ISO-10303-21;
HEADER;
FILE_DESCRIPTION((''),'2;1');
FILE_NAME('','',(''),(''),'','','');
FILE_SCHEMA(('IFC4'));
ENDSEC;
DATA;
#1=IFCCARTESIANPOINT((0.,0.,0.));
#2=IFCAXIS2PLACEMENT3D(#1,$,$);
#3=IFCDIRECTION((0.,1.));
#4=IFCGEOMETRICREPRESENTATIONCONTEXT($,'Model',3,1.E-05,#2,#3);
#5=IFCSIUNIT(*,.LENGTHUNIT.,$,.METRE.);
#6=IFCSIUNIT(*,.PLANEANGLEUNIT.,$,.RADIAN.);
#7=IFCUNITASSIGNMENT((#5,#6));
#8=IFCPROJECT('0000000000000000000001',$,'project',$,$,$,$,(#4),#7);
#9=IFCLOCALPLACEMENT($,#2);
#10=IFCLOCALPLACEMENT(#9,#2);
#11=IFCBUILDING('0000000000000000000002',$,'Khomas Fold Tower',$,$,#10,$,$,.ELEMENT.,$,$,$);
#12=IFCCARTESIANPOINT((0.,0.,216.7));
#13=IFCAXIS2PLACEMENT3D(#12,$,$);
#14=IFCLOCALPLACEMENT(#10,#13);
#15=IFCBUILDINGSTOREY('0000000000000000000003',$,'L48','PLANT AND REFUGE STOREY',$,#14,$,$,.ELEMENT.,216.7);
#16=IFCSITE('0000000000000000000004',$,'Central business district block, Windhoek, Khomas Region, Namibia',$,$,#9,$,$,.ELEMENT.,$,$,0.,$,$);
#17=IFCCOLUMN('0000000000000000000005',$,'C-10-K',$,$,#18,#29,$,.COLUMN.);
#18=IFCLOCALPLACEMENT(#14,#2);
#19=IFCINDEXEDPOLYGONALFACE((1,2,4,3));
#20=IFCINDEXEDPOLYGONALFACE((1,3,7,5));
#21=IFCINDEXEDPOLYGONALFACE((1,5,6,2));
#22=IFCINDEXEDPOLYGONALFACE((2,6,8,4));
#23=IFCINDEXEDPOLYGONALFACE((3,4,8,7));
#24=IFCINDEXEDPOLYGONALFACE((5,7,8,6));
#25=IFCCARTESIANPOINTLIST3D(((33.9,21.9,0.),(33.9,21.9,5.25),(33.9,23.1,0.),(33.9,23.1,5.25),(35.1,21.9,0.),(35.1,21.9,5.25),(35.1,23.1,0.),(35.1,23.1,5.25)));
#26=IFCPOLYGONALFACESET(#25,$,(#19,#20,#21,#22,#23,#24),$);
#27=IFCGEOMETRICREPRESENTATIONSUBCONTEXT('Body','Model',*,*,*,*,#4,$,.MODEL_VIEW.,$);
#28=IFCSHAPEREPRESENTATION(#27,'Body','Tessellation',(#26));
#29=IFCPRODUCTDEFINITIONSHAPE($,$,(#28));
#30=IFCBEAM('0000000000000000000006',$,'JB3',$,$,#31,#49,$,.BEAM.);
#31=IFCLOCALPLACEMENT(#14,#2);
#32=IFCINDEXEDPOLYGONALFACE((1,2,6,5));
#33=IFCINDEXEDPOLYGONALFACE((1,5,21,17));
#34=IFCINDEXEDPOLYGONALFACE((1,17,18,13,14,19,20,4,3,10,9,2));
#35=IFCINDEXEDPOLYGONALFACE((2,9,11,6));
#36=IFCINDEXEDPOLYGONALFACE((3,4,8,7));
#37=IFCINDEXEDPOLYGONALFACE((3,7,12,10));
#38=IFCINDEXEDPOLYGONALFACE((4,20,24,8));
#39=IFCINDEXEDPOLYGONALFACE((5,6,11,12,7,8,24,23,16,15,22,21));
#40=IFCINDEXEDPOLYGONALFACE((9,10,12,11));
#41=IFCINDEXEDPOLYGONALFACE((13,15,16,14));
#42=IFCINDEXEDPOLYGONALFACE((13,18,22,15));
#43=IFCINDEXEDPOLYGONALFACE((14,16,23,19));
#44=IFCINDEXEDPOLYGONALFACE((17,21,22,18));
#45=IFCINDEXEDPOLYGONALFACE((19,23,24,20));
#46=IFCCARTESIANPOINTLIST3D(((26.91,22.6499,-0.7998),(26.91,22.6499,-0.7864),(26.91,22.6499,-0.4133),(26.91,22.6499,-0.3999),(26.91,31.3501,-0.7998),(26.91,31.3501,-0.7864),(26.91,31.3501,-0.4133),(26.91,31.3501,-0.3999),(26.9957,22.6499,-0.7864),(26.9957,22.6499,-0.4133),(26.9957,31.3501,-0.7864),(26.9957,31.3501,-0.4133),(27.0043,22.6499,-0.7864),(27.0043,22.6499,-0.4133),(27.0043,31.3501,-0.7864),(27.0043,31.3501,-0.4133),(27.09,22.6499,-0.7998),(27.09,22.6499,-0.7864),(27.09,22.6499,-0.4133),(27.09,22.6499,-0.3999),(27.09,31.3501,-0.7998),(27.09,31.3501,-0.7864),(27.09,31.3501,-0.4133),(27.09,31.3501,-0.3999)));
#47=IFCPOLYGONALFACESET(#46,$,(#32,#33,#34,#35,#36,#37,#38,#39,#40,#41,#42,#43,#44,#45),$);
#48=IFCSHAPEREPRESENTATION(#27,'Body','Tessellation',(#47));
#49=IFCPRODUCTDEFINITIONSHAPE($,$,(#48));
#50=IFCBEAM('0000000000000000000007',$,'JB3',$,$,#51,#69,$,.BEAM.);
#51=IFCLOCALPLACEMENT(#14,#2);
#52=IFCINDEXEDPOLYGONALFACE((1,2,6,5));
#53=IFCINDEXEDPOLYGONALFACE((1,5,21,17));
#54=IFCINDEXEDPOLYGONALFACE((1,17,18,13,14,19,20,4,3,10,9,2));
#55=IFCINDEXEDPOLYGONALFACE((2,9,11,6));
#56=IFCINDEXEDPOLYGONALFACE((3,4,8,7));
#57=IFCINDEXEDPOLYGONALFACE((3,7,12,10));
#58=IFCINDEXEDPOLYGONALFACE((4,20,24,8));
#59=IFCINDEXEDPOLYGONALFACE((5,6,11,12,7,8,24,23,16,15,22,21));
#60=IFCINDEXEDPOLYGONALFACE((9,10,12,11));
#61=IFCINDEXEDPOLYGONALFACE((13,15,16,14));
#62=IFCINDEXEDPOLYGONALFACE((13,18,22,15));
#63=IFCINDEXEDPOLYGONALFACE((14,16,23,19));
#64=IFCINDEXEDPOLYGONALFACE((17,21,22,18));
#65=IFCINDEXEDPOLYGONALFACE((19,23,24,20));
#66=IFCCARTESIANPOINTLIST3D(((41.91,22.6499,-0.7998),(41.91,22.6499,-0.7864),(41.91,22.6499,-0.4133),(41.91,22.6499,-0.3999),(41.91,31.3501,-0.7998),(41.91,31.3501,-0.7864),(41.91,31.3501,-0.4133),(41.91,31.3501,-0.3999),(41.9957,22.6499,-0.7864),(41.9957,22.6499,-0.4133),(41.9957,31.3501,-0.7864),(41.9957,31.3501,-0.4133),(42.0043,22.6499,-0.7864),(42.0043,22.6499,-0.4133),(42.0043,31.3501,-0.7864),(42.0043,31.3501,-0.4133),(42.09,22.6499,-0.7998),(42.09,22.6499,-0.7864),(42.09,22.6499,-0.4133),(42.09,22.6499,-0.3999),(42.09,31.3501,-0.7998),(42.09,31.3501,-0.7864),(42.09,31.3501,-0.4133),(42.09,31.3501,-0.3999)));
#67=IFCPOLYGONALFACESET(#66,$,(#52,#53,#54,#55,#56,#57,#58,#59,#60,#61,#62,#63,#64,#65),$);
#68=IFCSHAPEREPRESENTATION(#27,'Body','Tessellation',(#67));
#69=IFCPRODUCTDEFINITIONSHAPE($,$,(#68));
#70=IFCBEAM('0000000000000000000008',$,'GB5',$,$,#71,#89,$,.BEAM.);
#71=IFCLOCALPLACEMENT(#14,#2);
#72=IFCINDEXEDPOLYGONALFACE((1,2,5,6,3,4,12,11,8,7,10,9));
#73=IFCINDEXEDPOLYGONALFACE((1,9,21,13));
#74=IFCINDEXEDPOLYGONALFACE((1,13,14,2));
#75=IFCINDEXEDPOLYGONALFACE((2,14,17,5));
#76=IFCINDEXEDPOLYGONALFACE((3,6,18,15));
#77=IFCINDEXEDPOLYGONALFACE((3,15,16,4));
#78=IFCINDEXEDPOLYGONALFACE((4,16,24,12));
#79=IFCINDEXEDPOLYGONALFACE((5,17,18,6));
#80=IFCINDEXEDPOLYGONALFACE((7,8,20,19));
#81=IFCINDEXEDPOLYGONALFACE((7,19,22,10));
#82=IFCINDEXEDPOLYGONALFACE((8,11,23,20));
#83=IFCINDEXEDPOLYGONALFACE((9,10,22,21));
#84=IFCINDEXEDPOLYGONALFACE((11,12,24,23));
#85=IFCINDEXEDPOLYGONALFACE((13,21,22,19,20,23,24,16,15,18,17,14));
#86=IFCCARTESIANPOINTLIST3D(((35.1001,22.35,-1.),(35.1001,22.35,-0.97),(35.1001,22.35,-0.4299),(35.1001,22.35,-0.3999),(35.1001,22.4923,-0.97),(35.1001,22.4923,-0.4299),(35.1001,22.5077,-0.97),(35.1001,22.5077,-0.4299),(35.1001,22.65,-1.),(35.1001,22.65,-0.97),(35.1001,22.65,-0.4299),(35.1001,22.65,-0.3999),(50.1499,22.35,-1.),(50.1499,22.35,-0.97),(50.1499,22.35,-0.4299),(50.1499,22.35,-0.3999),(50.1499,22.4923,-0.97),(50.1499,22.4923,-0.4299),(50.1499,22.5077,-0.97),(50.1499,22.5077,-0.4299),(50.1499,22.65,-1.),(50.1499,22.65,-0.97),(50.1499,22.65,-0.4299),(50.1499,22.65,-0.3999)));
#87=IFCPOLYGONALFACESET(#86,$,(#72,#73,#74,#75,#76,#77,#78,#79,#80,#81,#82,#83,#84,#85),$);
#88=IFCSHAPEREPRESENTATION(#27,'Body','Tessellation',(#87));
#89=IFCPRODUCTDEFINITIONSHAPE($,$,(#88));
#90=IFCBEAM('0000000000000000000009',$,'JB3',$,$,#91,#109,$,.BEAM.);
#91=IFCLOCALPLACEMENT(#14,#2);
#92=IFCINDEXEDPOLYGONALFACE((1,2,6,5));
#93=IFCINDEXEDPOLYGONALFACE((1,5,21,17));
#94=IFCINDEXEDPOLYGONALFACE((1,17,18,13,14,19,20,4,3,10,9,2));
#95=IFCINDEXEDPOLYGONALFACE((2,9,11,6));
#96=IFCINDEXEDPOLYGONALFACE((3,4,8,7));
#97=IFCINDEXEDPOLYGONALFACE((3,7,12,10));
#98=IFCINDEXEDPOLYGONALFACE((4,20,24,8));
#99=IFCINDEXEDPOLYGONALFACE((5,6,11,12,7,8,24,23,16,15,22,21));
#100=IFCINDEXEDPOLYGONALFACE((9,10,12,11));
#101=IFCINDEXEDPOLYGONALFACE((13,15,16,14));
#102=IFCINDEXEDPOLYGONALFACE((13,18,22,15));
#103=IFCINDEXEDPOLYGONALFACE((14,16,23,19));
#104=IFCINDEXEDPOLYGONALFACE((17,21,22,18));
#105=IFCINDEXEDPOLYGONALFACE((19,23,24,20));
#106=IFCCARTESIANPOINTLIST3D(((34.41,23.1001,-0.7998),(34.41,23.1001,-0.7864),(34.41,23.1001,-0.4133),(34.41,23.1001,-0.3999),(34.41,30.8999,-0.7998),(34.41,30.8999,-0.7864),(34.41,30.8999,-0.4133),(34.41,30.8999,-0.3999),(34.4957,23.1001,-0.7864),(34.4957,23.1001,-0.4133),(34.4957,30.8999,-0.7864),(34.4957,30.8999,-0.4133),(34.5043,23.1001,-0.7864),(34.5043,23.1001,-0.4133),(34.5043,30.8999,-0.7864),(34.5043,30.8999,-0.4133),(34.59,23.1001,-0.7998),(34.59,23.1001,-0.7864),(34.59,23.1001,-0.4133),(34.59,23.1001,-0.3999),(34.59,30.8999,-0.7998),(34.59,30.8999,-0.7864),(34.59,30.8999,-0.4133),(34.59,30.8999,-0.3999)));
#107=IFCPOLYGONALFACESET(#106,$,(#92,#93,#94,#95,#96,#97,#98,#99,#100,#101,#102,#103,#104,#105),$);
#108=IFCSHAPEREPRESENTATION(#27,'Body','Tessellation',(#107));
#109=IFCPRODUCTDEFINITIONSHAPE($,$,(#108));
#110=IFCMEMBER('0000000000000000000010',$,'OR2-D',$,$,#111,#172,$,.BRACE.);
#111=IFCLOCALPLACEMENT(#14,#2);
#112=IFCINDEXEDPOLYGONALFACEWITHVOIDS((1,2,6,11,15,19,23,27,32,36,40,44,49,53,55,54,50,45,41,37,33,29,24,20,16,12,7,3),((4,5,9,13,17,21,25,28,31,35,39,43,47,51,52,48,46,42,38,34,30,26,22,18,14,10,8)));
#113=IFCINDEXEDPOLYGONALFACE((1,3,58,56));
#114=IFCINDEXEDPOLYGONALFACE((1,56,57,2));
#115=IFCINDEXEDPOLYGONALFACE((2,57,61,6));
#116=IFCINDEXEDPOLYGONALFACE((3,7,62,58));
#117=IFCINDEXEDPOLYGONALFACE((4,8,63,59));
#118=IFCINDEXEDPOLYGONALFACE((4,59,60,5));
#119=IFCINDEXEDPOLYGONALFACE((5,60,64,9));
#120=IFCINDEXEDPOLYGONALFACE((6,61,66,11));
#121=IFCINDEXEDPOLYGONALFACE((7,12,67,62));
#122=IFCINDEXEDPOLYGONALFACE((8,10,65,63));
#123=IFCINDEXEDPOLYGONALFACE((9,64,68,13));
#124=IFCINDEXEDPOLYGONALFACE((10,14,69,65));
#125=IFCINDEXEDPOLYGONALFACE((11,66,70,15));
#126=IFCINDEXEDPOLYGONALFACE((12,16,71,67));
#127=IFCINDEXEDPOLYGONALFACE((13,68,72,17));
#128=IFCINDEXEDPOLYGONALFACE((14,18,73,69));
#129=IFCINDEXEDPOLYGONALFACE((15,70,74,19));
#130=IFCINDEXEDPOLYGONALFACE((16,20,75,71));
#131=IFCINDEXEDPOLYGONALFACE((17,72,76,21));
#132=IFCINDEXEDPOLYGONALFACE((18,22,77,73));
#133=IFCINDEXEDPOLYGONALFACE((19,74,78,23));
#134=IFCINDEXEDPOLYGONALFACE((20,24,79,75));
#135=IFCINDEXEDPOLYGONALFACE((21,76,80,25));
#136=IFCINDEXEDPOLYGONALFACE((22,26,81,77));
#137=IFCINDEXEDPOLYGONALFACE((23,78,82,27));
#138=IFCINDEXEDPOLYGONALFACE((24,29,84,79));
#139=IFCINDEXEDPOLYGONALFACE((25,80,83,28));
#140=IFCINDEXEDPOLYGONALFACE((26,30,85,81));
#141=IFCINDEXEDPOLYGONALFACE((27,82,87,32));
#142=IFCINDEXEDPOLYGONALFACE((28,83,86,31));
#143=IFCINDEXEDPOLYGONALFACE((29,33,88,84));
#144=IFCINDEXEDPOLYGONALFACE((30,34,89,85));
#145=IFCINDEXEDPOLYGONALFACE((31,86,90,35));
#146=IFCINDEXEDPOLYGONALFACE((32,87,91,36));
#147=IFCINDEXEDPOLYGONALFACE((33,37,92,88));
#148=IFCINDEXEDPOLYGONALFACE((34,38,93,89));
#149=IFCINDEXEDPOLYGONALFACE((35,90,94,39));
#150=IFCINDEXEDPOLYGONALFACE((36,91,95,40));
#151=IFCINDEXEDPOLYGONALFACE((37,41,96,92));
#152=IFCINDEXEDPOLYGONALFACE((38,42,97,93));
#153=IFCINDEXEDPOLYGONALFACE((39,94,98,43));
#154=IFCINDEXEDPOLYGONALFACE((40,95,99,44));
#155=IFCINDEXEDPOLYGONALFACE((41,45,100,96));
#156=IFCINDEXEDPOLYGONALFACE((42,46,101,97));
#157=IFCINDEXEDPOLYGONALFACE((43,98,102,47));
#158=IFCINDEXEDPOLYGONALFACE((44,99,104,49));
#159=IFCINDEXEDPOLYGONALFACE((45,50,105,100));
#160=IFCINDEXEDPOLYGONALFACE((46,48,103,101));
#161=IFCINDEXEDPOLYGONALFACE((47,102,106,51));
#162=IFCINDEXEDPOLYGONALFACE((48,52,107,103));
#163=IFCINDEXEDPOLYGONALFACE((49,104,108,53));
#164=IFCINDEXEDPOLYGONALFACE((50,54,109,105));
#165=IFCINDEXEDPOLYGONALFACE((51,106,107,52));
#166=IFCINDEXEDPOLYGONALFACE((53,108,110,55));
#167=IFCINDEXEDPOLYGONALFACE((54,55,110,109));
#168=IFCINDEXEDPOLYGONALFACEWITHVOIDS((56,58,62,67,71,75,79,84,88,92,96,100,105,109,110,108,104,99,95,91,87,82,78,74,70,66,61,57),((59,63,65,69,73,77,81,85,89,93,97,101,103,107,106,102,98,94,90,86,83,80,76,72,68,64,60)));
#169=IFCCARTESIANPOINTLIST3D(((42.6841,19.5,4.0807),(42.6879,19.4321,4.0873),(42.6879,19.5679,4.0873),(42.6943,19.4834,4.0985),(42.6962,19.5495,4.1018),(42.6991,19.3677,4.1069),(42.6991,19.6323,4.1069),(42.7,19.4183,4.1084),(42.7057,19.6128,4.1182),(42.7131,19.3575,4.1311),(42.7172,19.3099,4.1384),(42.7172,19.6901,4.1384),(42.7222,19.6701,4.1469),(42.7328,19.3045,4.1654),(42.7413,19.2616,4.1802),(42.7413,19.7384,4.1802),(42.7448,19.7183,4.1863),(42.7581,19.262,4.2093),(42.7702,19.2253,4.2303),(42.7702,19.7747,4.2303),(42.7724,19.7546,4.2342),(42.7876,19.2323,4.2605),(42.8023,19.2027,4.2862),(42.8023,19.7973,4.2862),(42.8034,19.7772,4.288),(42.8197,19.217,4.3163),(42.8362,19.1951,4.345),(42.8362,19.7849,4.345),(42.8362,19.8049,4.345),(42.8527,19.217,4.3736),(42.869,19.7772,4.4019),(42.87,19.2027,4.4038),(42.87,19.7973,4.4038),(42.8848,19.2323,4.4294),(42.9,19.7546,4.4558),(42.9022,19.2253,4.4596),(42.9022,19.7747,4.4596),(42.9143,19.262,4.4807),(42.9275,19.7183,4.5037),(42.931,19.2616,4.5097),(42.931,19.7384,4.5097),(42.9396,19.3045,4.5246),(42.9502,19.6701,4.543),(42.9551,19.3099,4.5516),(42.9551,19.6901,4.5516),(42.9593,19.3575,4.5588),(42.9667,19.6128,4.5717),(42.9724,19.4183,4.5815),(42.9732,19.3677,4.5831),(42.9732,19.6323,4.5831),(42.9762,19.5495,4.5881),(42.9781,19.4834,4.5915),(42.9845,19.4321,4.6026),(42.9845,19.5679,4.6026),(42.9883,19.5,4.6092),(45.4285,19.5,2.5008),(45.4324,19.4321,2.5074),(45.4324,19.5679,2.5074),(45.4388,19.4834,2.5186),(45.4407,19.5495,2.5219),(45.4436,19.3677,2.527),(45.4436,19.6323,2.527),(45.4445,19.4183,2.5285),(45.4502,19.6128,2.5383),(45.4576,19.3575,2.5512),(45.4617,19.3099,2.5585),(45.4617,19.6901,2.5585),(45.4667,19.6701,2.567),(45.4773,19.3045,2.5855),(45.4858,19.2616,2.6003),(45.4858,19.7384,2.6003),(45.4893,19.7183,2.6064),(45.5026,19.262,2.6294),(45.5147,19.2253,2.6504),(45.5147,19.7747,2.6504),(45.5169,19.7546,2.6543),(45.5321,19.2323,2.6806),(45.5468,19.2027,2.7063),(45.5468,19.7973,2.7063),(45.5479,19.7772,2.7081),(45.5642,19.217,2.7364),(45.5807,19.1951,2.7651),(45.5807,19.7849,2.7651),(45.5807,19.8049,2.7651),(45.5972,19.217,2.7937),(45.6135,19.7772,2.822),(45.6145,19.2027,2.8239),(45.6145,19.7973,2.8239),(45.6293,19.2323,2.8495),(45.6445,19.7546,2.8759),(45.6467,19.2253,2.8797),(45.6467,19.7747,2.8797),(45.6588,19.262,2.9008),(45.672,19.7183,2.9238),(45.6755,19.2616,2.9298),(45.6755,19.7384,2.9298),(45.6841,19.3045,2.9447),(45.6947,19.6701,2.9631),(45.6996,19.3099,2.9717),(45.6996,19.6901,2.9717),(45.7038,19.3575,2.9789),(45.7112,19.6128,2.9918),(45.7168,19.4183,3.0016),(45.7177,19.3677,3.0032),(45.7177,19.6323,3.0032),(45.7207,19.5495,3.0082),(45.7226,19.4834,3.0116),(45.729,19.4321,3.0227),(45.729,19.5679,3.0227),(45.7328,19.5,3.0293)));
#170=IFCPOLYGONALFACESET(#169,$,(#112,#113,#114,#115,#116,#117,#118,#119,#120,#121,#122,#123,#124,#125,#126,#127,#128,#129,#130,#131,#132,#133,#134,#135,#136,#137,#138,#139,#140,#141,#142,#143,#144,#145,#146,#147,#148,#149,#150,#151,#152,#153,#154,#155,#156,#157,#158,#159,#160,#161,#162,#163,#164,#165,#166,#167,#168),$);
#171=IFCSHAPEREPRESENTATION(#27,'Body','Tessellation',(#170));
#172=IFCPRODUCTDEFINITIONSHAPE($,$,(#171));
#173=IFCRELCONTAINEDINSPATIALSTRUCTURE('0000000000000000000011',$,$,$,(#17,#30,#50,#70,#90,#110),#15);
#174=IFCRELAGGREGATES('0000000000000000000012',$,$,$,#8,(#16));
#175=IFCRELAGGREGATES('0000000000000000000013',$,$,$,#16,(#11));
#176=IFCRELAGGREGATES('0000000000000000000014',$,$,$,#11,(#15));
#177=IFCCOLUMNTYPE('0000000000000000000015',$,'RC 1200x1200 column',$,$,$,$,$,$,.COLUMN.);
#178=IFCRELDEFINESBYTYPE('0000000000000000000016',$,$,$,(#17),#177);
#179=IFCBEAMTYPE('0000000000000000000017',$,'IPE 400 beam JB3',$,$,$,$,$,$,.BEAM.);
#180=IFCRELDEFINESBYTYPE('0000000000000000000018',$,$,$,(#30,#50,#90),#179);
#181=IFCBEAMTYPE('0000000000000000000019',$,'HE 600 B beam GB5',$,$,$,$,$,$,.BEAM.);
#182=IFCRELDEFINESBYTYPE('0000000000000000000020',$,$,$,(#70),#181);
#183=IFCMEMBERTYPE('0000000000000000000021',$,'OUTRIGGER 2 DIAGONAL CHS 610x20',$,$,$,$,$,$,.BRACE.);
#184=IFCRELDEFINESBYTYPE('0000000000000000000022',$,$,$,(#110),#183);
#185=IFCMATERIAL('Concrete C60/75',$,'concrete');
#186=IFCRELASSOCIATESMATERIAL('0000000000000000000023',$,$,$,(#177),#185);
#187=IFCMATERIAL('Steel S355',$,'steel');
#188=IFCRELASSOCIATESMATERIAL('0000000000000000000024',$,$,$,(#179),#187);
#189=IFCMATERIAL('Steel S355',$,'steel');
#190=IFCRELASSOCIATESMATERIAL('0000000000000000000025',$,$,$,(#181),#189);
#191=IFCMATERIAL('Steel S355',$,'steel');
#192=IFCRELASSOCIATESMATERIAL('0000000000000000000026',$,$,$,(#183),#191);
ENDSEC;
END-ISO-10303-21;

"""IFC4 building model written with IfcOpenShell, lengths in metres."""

from ifc_helpers import new_model, si_unit, direction, frame, origin, origin_2d, place, context, subcontext, project, spatial, rectangle, hollow_circle, i_section, extrude, source, transform, mapped, material, material_profile, profile_set, type_object, element, save


model = new_model("IFC4")

# Units and contexts
model_context = context("Model", 3, precision=1e-05, world=origin(), true_north=direction((0.0, 1.0)))
body_context = subcontext(model_context, "Body", "Model", "MODEL_VIEW")
ifc_project = project(units=[si_unit("LENGTHUNIT", "METRE"), si_unit("PLANEANGLEUNIT", "RADIAN")], contexts=[model_context])

# Site, building, storey
site_placement = place(None, origin())
site = spatial("IfcSite", under=ifc_project, at=site_placement, Name="Central business district block, Windhoek, Khomas Region, Namibia", CompositionType="ELEMENT", RefElevation=0.0)
building_placement = place(site_placement, origin())
building = spatial("IfcBuilding", under=site, at=building_placement, Name="Khomas Fold Tower", CompositionType="ELEMENT")
storey_placement = place(building_placement, frame((0.0, 0.0, 216.7)))
storey = spatial("IfcBuildingStorey", under=building, at=storey_placement, Name="L48", Description="PLANT AND REFUGE STOREY", CompositionType="ELEMENT", Elevation=216.7)

# Column
ifc_material_1 = material(Name="Concrete C60/75", Category="concrete")
ifc_material_profile_1 = material_profile(ifc_material_1, rectangle(XDim=1.2, YDim=1.2, at=origin_2d()), Name="RC 1200x1200")
ifc_profile_set_1 = profile_set([ifc_material_profile_1], Name="Concrete C60/75")
column_type = type_object("IfcColumnType", Name="RC 1200x1200 column", PredefinedType="COLUMN", material=ifc_profile_set_1)
shared_shape_1 = source(origin(), body_context, "Body", "SweptSolid", [
    extrude(rectangle(XDim=1.2, YDim=1.2, at=origin_2d()), origin(), (0.0, 0.0, 1.0), 5.25),
])
column_placement = place(storey_placement, frame((34.5, 22.5, 0.0), z_axis=(0.0, 0.0, 1.0), x_axis=(1.0, 0.0, 0.0)))
element("IfcColumn", 1, at=column_placement, inside=storey, type_object=column_type, Name="C-10-K", PredefinedType="COLUMN", context=body_context, shape_type="MappedRepresentation", body=[
    mapped(shared_shape_1, transform((0.0, 0.0, 0.0))),
])

# Beams
ifc_material_2 = material(Name="Steel S355", Category="steel")
ifc_material_profile_2 = material_profile(ifc_material_2, i_section(OverallWidth=0.1799, OverallDepth=0.3999, WebThickness=0.0085, FlangeThickness=0.0134, at=origin_2d()), Name="IPE 400")
ifc_profile_set_2 = profile_set([ifc_material_profile_2], Name="Steel S355")
beam_type_1 = type_object("IfcBeamType", Name="IPE 400 beam JB3", PredefinedType="BEAM", material=ifc_profile_set_2)
shared_shape_2 = source(origin(), body_context, "Body", "SweptSolid", [
    extrude(i_section(OverallWidth=0.1799, OverallDepth=0.3999, WebThickness=0.0085, FlangeThickness=0.0134, at=origin_2d()), origin(), (0.0, 0.0, 1.0), 8.7002),
])
for number, where, z_axis, x_axis, name in (
    (2, (27.0, 22.6499, -0.5999), (0.0, 1.0, 0.0), (-1.0, 0.0, 0.0), "JB3"),
    (3, (42.0, 22.6499, -0.5999), (0.0, 1.0, 0.0), (-1.0, 0.0, 0.0), "JB3"),
):
    element("IfcBeam", number, at=place(storey_placement, frame(where, z_axis=z_axis, x_axis=x_axis)), inside=storey, type_object=beam_type_1, Name=name, PredefinedType="BEAM", context=body_context, shape_type="MappedRepresentation", body=[
        mapped(shared_shape_2, transform((0.0, 0.0, 0.0))),
    ])
ifc_material_3 = material(Name="Steel S355", Category="steel")
ifc_material_profile_3 = material_profile(ifc_material_3, i_section(OverallWidth=0.3, OverallDepth=0.6001, WebThickness=0.0154, FlangeThickness=0.03, at=origin_2d()), Name="HE 600 B")
ifc_profile_set_3 = profile_set([ifc_material_profile_3], Name="Steel S355")
beam_type_2 = type_object("IfcBeamType", Name="HE 600 B beam GB5", PredefinedType="BEAM", material=ifc_profile_set_3)
shared_shape_3 = source(origin(), body_context, "Body", "SweptSolid", [
    extrude(i_section(OverallWidth=0.3, OverallDepth=0.6001, WebThickness=0.0154, FlangeThickness=0.03, at=origin_2d()), origin(), (0.0, 0.0, 1.0), 15.0498),
])
beam_1_placement = place(storey_placement, frame((35.1001, 22.5, -0.7), z_axis=(1.0, 0.0, 0.0), x_axis=(0.0, 1.0, 0.0)))
element("IfcBeam", 4, at=beam_1_placement, inside=storey, type_object=beam_type_2, Name="GB5", PredefinedType="BEAM", context=body_context, shape_type="MappedRepresentation", body=[
    mapped(shared_shape_3, transform((0.0, 0.0, 0.0))),
])
shared_shape_4 = source(origin(), body_context, "Body", "SweptSolid", [
    extrude(i_section(OverallWidth=0.1799, OverallDepth=0.3999, WebThickness=0.0085, FlangeThickness=0.0134, at=origin_2d()), origin(), (0.0, 0.0, 1.0), 7.7998),
])
beam_2_placement = place(storey_placement, frame((34.5, 23.1001, -0.5999), z_axis=(0.0, 1.0, 0.0), x_axis=(-1.0, 0.0, 0.0)))
element("IfcBeam", 5, at=beam_2_placement, inside=storey, type_object=beam_type_1, Name="JB3", PredefinedType="BEAM", context=body_context, shape_type="MappedRepresentation", body=[
    mapped(shared_shape_4, transform((0.0, 0.0, 0.0))),
])

# Member
ifc_material_4 = material(Name="Steel S355", Category="steel")
ifc_material_profile_4 = material_profile(ifc_material_4, hollow_circle(Radius=0.3049, WallThickness=0.02, at=origin_2d()), Name="CHS 610x20")
ifc_profile_set_4 = profile_set([ifc_material_profile_4], Name="Steel S355")
member_type_1 = type_object("IfcMemberType", Name="OUTRIGGER 2 DIAGONAL CHS 610x20", PredefinedType="BRACE", material=ifc_profile_set_4)
shared_shape_5 = source(origin(), body_context, "Body", "SweptSolid", [
    extrude(hollow_circle(Radius=0.3049, WallThickness=0.02, at=origin_2d()), origin(), (0.0, 0.0, 1.0), 3.1667),
])
for number, where, z_axis, x_axis, name in (
    (6, (42.8362, 19.5, 4.345), (0.866659, 0.0, -0.498901), (0.0, 1.0, 0.0), "OR2-D"),
):
    element("IfcMember", number, at=place(storey_placement, frame(where, z_axis=z_axis, x_axis=x_axis)), inside=storey, type_object=member_type_1, Name=name, PredefinedType="BRACE", context=body_context, shape_type="MappedRepresentation", body=[
        mapped(shared_shape_5, transform((0.0, 0.0, 0.0))),
    ])

save(model, "model.ifc")
